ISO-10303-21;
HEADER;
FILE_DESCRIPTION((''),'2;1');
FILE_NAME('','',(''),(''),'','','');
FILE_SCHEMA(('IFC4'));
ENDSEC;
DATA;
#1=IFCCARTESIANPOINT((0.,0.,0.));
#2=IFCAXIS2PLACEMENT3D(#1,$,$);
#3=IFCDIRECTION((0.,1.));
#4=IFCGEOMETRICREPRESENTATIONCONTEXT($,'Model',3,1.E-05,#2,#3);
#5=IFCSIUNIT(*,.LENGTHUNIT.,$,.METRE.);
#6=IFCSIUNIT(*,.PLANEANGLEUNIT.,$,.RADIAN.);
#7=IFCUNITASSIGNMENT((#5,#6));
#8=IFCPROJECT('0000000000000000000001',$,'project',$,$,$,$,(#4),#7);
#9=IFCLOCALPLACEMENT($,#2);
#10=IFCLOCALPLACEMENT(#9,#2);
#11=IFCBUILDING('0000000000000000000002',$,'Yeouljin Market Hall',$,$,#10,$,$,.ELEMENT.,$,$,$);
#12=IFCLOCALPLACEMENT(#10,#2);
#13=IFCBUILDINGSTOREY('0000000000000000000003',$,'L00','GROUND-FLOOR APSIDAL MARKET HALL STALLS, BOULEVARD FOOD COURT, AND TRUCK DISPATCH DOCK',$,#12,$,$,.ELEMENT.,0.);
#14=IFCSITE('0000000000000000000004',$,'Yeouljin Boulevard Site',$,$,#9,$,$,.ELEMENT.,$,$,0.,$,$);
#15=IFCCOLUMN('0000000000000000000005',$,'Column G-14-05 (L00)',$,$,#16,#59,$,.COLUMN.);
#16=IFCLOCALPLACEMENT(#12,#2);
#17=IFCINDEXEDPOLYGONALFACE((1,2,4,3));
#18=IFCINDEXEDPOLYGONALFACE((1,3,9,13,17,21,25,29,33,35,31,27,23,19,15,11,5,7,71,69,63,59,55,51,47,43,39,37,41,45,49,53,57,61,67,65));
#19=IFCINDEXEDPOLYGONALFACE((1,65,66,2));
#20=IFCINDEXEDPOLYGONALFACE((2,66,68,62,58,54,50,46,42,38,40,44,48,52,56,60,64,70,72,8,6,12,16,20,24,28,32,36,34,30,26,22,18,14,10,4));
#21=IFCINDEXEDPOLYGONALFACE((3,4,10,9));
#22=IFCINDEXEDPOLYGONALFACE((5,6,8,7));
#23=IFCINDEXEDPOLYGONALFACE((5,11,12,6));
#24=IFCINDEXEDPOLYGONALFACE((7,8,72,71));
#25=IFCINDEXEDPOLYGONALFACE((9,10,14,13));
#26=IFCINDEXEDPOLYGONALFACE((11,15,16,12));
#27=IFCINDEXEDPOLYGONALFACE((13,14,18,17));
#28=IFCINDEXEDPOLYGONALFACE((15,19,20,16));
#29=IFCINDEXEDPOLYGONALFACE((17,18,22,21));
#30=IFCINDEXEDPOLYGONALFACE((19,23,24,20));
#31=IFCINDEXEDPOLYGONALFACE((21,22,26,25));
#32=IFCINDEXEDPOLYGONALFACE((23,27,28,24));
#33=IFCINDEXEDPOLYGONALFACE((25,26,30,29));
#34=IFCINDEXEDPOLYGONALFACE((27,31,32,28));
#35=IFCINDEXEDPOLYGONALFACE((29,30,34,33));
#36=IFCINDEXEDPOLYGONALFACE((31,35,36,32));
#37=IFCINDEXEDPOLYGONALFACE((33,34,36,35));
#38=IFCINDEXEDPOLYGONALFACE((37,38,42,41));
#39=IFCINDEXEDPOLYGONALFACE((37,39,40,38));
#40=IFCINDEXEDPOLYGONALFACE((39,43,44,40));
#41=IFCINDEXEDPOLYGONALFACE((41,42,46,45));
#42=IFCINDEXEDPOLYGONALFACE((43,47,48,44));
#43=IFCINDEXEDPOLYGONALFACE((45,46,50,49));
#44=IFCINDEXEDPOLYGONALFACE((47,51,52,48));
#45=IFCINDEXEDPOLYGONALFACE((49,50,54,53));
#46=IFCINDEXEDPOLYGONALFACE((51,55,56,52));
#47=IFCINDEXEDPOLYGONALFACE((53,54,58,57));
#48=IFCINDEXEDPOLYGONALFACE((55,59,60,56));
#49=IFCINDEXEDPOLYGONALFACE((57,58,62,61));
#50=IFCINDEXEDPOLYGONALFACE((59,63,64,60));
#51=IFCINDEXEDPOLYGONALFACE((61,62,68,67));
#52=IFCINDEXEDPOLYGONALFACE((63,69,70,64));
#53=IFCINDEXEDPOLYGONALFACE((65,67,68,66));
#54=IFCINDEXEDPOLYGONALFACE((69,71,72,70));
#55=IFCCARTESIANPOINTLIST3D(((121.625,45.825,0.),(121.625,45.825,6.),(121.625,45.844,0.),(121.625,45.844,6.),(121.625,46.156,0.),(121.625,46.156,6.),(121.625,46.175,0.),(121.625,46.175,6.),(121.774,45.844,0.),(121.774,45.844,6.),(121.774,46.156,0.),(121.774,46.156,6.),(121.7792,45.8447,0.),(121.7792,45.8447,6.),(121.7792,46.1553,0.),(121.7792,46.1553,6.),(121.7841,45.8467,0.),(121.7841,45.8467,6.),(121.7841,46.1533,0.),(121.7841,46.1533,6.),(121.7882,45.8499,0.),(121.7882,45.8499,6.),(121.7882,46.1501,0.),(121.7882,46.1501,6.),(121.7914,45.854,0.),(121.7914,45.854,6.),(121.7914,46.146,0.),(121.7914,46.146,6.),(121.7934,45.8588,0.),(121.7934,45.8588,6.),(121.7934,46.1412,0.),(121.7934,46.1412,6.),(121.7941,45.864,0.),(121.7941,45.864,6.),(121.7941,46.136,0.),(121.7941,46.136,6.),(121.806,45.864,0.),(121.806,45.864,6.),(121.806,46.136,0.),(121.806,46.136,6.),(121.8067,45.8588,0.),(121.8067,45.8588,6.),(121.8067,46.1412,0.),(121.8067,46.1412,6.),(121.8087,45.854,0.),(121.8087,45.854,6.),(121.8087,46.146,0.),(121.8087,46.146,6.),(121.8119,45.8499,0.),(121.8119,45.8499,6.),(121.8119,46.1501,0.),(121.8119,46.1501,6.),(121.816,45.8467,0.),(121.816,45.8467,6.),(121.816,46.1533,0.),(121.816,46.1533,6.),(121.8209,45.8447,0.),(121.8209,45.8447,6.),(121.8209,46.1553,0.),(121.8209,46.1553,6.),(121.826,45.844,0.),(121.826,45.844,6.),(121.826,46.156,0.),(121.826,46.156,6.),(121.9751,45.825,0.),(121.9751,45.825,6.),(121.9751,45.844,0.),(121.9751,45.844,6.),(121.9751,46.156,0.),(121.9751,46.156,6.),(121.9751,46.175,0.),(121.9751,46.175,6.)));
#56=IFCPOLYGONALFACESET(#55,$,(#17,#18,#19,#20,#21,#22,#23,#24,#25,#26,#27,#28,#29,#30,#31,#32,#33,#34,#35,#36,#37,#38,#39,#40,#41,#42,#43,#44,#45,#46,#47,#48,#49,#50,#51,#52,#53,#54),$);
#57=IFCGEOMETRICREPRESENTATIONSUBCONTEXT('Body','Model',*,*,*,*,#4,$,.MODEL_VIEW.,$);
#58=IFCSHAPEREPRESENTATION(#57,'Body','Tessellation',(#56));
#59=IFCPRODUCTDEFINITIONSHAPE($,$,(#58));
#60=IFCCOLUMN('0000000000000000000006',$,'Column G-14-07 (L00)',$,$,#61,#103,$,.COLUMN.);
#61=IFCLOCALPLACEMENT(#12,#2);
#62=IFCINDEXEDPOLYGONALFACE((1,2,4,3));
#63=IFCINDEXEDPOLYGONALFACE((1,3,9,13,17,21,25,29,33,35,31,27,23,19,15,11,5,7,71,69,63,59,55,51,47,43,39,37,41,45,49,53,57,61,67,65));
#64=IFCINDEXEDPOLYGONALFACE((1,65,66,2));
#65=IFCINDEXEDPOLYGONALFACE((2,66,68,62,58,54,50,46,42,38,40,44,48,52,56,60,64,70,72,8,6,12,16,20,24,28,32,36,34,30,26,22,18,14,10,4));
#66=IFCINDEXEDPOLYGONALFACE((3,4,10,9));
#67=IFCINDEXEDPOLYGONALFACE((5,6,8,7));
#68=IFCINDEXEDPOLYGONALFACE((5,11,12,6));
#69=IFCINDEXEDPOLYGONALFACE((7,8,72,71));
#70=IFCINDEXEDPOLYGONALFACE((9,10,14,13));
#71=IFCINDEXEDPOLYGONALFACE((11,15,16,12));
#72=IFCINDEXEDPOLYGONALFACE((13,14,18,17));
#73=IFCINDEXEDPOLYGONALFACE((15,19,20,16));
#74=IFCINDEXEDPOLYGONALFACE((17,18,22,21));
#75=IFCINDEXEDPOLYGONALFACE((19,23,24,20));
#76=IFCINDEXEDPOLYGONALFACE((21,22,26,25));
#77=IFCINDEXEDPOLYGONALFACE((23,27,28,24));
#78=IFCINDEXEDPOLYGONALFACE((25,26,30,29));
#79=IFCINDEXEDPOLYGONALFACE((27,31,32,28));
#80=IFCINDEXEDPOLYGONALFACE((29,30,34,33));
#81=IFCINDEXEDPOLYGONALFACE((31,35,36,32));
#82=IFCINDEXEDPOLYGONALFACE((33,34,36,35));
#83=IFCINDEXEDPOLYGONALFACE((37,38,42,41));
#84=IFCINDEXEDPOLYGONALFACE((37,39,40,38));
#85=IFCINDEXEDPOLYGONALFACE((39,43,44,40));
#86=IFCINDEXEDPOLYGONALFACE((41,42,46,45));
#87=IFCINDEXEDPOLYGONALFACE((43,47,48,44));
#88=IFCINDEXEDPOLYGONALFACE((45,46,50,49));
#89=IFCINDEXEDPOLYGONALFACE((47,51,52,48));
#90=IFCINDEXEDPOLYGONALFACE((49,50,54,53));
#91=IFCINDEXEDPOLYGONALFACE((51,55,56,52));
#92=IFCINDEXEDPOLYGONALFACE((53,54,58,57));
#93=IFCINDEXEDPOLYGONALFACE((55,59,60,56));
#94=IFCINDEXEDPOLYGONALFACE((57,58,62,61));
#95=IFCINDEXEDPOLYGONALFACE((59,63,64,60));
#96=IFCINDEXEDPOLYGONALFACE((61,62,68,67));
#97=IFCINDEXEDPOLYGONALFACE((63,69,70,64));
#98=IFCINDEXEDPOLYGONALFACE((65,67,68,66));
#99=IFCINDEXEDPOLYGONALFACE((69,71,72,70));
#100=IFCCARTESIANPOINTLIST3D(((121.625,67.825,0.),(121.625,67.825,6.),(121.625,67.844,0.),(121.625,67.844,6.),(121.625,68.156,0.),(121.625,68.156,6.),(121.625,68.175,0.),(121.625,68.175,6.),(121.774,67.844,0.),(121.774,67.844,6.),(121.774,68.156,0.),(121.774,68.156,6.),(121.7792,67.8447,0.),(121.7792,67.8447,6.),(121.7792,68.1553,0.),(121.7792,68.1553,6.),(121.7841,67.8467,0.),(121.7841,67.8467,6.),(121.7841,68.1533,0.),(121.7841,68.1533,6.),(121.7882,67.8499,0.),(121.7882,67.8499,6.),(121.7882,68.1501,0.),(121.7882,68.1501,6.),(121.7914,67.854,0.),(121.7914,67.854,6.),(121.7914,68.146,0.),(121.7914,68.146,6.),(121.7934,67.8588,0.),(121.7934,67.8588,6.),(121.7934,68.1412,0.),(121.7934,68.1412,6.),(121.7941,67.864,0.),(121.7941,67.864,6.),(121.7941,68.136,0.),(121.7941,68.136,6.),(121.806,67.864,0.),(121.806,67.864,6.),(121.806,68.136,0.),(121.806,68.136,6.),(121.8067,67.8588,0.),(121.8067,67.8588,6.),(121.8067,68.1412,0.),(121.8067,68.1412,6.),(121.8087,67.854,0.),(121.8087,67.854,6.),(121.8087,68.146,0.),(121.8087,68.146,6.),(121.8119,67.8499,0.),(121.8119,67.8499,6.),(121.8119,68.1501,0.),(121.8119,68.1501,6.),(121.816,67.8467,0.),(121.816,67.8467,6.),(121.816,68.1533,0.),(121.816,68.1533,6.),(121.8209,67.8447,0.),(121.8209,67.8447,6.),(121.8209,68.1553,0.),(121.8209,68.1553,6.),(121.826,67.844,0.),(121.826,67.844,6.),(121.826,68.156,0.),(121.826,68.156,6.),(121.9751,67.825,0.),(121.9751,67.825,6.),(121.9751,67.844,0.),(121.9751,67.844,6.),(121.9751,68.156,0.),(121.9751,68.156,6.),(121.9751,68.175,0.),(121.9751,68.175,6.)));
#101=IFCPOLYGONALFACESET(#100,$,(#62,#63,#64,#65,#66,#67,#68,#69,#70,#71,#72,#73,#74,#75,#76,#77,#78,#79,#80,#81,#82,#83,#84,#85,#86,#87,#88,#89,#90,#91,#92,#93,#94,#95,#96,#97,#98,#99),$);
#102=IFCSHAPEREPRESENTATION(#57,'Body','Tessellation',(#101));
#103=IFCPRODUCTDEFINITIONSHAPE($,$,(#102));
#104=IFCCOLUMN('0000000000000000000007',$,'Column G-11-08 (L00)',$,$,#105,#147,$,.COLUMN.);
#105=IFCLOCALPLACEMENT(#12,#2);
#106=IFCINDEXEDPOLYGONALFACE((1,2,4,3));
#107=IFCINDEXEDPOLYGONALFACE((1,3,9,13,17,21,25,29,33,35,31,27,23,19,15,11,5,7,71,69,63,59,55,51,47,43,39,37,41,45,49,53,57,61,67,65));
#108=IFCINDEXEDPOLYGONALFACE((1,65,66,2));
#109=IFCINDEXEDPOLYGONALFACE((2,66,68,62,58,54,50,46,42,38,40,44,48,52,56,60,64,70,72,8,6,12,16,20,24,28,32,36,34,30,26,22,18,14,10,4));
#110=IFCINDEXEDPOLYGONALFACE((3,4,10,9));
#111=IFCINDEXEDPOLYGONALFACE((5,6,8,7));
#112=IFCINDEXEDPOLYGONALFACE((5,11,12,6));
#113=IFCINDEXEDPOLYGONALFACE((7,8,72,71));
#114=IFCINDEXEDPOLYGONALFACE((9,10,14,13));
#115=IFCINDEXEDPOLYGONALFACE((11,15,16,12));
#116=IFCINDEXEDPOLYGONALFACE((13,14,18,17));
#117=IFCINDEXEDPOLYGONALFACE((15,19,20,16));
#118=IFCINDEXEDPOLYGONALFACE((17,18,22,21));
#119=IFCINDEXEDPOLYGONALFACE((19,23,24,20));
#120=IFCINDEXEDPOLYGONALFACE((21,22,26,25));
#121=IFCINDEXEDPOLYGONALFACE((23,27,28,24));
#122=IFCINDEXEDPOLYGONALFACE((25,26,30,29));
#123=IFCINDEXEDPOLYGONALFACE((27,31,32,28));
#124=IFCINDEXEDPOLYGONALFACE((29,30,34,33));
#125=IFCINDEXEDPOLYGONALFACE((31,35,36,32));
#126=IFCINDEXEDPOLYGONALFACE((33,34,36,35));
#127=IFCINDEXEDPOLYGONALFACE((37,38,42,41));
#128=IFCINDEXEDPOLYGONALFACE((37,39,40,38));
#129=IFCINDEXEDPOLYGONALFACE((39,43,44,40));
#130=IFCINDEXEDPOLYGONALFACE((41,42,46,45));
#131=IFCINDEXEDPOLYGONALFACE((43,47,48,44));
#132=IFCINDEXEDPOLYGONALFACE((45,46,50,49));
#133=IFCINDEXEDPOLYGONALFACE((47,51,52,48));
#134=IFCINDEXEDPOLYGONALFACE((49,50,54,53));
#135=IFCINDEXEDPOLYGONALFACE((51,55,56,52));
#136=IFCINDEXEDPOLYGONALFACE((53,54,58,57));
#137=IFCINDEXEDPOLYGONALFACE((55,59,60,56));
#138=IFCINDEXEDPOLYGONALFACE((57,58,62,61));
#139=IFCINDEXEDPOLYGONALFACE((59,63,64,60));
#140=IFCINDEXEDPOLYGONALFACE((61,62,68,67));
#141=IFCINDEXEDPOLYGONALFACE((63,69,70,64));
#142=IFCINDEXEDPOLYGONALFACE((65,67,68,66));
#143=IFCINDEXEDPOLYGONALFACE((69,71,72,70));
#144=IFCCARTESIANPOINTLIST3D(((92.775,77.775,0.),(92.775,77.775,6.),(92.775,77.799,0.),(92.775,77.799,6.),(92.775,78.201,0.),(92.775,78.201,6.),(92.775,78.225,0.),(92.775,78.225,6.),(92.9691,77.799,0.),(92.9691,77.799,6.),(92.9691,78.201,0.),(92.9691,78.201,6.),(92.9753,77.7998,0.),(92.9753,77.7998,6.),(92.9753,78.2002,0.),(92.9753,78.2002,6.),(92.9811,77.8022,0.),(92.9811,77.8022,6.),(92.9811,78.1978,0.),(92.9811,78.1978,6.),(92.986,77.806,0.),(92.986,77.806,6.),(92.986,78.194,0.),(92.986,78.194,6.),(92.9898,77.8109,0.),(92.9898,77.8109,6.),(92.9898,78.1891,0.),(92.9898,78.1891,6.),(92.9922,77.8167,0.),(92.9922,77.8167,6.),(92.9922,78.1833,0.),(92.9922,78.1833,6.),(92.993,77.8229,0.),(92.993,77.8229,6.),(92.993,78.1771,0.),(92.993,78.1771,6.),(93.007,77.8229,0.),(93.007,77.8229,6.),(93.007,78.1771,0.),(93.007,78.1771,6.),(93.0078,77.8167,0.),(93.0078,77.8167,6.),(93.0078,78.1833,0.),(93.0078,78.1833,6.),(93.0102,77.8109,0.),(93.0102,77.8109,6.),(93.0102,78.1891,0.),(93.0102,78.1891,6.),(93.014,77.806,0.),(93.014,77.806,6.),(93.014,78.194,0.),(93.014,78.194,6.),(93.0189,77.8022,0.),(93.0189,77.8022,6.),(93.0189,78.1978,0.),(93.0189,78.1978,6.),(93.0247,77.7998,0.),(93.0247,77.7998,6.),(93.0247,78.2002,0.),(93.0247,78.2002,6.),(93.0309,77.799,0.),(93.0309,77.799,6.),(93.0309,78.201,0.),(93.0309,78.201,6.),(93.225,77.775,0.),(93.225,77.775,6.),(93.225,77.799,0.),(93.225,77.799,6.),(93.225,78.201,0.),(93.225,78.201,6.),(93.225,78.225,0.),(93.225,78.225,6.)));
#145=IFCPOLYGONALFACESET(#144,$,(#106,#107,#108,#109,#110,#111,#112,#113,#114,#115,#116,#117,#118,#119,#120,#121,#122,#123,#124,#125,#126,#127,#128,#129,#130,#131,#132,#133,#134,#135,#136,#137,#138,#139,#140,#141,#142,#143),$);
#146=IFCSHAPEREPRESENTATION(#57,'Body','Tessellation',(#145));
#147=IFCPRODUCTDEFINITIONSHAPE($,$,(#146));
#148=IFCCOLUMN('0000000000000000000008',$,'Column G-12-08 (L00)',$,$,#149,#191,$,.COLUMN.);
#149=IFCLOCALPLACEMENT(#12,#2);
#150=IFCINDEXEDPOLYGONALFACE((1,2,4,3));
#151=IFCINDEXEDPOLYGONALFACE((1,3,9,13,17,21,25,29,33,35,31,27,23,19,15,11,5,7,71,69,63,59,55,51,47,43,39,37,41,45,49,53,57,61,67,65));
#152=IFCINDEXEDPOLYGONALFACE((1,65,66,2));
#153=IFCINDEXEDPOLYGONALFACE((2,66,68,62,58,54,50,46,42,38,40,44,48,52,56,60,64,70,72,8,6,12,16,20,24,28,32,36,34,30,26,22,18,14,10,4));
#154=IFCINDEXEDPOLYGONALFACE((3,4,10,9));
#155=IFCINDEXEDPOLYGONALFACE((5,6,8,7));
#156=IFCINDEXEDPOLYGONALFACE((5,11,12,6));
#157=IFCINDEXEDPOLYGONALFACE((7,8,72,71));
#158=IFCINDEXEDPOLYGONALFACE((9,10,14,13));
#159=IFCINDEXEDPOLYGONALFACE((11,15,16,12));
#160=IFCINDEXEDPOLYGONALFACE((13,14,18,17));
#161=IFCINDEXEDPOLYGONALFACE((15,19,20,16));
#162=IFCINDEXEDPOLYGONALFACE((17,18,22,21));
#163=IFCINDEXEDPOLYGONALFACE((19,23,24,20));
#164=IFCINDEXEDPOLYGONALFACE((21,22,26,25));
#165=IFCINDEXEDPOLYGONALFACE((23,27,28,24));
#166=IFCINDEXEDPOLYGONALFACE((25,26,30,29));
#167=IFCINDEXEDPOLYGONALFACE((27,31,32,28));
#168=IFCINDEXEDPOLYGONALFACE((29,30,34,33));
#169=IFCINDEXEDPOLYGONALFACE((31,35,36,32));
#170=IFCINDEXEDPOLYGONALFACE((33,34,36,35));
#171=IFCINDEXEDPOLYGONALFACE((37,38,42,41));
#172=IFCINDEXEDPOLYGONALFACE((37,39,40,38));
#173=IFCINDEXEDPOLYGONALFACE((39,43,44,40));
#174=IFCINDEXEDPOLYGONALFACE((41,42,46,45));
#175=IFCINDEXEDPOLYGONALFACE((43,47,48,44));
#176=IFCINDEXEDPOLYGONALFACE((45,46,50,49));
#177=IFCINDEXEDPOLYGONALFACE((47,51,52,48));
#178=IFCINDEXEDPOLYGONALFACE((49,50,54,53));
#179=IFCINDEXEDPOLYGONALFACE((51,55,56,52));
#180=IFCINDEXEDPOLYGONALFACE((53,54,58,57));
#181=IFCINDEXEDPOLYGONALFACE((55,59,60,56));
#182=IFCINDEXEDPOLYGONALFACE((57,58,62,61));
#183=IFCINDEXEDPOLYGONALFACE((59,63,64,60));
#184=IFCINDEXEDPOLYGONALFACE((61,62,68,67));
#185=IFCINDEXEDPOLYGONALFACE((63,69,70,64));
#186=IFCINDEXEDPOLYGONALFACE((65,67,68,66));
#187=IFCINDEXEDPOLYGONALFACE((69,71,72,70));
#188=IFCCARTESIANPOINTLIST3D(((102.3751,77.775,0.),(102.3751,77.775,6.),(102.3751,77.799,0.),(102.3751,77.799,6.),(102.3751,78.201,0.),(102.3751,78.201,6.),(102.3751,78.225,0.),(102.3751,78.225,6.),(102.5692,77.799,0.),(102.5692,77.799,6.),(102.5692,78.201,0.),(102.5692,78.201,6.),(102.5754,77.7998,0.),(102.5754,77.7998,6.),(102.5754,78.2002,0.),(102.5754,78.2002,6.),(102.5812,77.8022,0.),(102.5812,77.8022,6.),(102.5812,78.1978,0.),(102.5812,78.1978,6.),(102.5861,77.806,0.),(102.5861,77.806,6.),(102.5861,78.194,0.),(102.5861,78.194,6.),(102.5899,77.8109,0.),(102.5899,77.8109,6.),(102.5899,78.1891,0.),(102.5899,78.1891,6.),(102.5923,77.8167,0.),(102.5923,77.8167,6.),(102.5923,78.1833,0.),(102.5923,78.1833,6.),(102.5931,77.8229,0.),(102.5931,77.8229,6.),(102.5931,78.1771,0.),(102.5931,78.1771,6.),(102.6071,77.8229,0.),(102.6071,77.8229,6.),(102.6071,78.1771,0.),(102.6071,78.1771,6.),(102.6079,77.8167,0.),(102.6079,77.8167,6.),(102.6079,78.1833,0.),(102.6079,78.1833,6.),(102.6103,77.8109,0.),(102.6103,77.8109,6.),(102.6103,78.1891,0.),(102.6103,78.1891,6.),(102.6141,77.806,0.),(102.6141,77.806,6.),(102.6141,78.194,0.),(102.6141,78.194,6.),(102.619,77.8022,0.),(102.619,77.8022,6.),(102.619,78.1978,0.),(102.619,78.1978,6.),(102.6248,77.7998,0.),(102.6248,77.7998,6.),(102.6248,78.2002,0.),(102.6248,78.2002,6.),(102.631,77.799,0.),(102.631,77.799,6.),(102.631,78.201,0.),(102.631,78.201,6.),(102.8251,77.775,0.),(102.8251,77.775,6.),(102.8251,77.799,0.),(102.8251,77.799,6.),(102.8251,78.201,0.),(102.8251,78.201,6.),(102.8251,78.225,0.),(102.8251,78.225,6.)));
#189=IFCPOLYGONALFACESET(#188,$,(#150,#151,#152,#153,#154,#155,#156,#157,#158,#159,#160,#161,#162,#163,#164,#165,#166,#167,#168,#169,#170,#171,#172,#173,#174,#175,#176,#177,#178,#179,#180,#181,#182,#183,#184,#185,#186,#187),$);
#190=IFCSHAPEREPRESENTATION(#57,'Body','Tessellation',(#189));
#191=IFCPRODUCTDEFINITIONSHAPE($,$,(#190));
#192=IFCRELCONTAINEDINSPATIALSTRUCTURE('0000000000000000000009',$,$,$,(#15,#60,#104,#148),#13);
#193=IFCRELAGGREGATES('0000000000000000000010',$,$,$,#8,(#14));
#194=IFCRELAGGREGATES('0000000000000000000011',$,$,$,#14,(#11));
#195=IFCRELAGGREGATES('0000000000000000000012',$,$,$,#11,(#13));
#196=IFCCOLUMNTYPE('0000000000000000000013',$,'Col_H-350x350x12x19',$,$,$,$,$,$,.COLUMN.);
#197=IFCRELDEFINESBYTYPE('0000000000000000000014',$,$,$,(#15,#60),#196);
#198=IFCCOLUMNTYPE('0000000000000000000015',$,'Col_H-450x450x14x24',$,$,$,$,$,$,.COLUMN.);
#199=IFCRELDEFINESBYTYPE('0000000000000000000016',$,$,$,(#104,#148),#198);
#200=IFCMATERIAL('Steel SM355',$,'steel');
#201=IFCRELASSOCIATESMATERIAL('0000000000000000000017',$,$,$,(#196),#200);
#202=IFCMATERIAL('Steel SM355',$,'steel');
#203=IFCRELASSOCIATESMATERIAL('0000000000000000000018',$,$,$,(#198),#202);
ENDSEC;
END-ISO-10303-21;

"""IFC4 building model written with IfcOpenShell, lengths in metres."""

from ifc_helpers import new_model, si_unit, direction, frame, origin, origin_2d, place, context, subcontext, project, spatial, i_section, extrude, material, material_profile, profile_set, type_object, element, save


model = new_model("IFC4")

# Units and contexts
model_context = context("Model", 3, precision=1e-05, world=origin(), true_north=direction((0.0, 1.0)))
body_context = subcontext(model_context, "Body", "Model", "MODEL_VIEW")
ifc_project = project(units=[si_unit("LENGTHUNIT", "METRE"), si_unit("PLANEANGLEUNIT", "RADIAN")], contexts=[model_context])

# Site, building, storey
site_placement = place(None, origin())
site = spatial("IfcSite", under=ifc_project, at=site_placement, Name="Yeouljin Boulevard Site", CompositionType="ELEMENT", RefElevation=0.0)
building_placement = place(site_placement, origin())
building = spatial("IfcBuilding", under=site, at=building_placement, Name="Yeouljin Market Hall", CompositionType="ELEMENT")
storey_placement = place(building_placement, origin())
storey = spatial("IfcBuildingStorey", under=building, at=storey_placement, Name="L00", Description="GROUND-FLOOR APSIDAL MARKET HALL STALLS, BOULEVARD FOOD COURT, AND TRUCK DISPATCH DOCK", CompositionType="ELEMENT", Elevation=0.0)

# Columns
ifc_material_1 = material(Name="Steel SM355", Category="steel")
ifc_material_profile_1 = material_profile(ifc_material_1, i_section(OverallWidth=0.3501, OverallDepth=0.3501, WebThickness=0.012, FlangeThickness=0.019, FilletRadius=0.02, at=origin_2d()), Name="H-350x350x12x19")
ifc_profile_set_1 = profile_set([ifc_material_profile_1], Name="Steel SM355")
column_type_1 = type_object("IfcColumnType", Name="Col_H-350x350x12x19", PredefinedType="COLUMN", material=ifc_profile_set_1)
for number, where, z_axis, x_axis, name in (
    (1, (121.8, 46.0, 0.0), (0.0, 0.0, 1.0), (1.0, 0.0, 0.0), "Column G-14-05 (L00)"),
    (2, (121.8, 68.0, 0.0), (0.0, 0.0, 1.0), (1.0, 0.0, 0.0), "Column G-14-07 (L00)"),
):
    element("IfcColumn", number, at=place(storey_placement, frame(where, z_axis=z_axis, x_axis=x_axis)), inside=storey, type_object=column_type_1, Name=name, PredefinedType="COLUMN", context=body_context, shape_type="SweptSolid", body=[
        extrude(i_section(OverallWidth=0.3501, OverallDepth=0.3501, WebThickness=0.012, FlangeThickness=0.019, FilletRadius=0.02, at=origin_2d()), origin(), (0.0, 0.0, 1.0), 6.0),
    ])
ifc_material_2 = material(Name="Steel SM355", Category="steel")
ifc_material_profile_2 = material_profile(ifc_material_2, i_section(OverallWidth=0.45, OverallDepth=0.45, WebThickness=0.0139, FlangeThickness=0.0239, FilletRadius=0.0239, at=origin_2d()), Name="H-450x450x14x24")
ifc_profile_set_2 = profile_set([ifc_material_profile_2], Name="Steel SM355")
column_type_2 = type_object("IfcColumnType", Name="Col_H-450x450x14x24", PredefinedType="COLUMN", material=ifc_profile_set_2)
for number, where, z_axis, x_axis, name in (
    (3, (93.0, 78.0, 0.0), (0.0, 0.0, 1.0), (1.0, 0.0, 0.0), "Column G-11-08 (L00)"),
    (4, (102.6001, 78.0, 0.0), (0.0, 0.0, 1.0), (1.0, 0.0, 0.0), "Column G-12-08 (L00)"),
):
    element("IfcColumn", number, at=place(storey_placement, frame(where, z_axis=z_axis, x_axis=x_axis)), inside=storey, type_object=column_type_2, Name=name, PredefinedType="COLUMN", context=body_context, shape_type="SweptSolid", body=[
        extrude(i_section(OverallWidth=0.45, OverallDepth=0.45, WebThickness=0.0139, FlangeThickness=0.0239, FilletRadius=0.0239, at=origin_2d()), origin(), (0.0, 0.0, 1.0), 6.0),
    ])

save(model, "model.ifc")
